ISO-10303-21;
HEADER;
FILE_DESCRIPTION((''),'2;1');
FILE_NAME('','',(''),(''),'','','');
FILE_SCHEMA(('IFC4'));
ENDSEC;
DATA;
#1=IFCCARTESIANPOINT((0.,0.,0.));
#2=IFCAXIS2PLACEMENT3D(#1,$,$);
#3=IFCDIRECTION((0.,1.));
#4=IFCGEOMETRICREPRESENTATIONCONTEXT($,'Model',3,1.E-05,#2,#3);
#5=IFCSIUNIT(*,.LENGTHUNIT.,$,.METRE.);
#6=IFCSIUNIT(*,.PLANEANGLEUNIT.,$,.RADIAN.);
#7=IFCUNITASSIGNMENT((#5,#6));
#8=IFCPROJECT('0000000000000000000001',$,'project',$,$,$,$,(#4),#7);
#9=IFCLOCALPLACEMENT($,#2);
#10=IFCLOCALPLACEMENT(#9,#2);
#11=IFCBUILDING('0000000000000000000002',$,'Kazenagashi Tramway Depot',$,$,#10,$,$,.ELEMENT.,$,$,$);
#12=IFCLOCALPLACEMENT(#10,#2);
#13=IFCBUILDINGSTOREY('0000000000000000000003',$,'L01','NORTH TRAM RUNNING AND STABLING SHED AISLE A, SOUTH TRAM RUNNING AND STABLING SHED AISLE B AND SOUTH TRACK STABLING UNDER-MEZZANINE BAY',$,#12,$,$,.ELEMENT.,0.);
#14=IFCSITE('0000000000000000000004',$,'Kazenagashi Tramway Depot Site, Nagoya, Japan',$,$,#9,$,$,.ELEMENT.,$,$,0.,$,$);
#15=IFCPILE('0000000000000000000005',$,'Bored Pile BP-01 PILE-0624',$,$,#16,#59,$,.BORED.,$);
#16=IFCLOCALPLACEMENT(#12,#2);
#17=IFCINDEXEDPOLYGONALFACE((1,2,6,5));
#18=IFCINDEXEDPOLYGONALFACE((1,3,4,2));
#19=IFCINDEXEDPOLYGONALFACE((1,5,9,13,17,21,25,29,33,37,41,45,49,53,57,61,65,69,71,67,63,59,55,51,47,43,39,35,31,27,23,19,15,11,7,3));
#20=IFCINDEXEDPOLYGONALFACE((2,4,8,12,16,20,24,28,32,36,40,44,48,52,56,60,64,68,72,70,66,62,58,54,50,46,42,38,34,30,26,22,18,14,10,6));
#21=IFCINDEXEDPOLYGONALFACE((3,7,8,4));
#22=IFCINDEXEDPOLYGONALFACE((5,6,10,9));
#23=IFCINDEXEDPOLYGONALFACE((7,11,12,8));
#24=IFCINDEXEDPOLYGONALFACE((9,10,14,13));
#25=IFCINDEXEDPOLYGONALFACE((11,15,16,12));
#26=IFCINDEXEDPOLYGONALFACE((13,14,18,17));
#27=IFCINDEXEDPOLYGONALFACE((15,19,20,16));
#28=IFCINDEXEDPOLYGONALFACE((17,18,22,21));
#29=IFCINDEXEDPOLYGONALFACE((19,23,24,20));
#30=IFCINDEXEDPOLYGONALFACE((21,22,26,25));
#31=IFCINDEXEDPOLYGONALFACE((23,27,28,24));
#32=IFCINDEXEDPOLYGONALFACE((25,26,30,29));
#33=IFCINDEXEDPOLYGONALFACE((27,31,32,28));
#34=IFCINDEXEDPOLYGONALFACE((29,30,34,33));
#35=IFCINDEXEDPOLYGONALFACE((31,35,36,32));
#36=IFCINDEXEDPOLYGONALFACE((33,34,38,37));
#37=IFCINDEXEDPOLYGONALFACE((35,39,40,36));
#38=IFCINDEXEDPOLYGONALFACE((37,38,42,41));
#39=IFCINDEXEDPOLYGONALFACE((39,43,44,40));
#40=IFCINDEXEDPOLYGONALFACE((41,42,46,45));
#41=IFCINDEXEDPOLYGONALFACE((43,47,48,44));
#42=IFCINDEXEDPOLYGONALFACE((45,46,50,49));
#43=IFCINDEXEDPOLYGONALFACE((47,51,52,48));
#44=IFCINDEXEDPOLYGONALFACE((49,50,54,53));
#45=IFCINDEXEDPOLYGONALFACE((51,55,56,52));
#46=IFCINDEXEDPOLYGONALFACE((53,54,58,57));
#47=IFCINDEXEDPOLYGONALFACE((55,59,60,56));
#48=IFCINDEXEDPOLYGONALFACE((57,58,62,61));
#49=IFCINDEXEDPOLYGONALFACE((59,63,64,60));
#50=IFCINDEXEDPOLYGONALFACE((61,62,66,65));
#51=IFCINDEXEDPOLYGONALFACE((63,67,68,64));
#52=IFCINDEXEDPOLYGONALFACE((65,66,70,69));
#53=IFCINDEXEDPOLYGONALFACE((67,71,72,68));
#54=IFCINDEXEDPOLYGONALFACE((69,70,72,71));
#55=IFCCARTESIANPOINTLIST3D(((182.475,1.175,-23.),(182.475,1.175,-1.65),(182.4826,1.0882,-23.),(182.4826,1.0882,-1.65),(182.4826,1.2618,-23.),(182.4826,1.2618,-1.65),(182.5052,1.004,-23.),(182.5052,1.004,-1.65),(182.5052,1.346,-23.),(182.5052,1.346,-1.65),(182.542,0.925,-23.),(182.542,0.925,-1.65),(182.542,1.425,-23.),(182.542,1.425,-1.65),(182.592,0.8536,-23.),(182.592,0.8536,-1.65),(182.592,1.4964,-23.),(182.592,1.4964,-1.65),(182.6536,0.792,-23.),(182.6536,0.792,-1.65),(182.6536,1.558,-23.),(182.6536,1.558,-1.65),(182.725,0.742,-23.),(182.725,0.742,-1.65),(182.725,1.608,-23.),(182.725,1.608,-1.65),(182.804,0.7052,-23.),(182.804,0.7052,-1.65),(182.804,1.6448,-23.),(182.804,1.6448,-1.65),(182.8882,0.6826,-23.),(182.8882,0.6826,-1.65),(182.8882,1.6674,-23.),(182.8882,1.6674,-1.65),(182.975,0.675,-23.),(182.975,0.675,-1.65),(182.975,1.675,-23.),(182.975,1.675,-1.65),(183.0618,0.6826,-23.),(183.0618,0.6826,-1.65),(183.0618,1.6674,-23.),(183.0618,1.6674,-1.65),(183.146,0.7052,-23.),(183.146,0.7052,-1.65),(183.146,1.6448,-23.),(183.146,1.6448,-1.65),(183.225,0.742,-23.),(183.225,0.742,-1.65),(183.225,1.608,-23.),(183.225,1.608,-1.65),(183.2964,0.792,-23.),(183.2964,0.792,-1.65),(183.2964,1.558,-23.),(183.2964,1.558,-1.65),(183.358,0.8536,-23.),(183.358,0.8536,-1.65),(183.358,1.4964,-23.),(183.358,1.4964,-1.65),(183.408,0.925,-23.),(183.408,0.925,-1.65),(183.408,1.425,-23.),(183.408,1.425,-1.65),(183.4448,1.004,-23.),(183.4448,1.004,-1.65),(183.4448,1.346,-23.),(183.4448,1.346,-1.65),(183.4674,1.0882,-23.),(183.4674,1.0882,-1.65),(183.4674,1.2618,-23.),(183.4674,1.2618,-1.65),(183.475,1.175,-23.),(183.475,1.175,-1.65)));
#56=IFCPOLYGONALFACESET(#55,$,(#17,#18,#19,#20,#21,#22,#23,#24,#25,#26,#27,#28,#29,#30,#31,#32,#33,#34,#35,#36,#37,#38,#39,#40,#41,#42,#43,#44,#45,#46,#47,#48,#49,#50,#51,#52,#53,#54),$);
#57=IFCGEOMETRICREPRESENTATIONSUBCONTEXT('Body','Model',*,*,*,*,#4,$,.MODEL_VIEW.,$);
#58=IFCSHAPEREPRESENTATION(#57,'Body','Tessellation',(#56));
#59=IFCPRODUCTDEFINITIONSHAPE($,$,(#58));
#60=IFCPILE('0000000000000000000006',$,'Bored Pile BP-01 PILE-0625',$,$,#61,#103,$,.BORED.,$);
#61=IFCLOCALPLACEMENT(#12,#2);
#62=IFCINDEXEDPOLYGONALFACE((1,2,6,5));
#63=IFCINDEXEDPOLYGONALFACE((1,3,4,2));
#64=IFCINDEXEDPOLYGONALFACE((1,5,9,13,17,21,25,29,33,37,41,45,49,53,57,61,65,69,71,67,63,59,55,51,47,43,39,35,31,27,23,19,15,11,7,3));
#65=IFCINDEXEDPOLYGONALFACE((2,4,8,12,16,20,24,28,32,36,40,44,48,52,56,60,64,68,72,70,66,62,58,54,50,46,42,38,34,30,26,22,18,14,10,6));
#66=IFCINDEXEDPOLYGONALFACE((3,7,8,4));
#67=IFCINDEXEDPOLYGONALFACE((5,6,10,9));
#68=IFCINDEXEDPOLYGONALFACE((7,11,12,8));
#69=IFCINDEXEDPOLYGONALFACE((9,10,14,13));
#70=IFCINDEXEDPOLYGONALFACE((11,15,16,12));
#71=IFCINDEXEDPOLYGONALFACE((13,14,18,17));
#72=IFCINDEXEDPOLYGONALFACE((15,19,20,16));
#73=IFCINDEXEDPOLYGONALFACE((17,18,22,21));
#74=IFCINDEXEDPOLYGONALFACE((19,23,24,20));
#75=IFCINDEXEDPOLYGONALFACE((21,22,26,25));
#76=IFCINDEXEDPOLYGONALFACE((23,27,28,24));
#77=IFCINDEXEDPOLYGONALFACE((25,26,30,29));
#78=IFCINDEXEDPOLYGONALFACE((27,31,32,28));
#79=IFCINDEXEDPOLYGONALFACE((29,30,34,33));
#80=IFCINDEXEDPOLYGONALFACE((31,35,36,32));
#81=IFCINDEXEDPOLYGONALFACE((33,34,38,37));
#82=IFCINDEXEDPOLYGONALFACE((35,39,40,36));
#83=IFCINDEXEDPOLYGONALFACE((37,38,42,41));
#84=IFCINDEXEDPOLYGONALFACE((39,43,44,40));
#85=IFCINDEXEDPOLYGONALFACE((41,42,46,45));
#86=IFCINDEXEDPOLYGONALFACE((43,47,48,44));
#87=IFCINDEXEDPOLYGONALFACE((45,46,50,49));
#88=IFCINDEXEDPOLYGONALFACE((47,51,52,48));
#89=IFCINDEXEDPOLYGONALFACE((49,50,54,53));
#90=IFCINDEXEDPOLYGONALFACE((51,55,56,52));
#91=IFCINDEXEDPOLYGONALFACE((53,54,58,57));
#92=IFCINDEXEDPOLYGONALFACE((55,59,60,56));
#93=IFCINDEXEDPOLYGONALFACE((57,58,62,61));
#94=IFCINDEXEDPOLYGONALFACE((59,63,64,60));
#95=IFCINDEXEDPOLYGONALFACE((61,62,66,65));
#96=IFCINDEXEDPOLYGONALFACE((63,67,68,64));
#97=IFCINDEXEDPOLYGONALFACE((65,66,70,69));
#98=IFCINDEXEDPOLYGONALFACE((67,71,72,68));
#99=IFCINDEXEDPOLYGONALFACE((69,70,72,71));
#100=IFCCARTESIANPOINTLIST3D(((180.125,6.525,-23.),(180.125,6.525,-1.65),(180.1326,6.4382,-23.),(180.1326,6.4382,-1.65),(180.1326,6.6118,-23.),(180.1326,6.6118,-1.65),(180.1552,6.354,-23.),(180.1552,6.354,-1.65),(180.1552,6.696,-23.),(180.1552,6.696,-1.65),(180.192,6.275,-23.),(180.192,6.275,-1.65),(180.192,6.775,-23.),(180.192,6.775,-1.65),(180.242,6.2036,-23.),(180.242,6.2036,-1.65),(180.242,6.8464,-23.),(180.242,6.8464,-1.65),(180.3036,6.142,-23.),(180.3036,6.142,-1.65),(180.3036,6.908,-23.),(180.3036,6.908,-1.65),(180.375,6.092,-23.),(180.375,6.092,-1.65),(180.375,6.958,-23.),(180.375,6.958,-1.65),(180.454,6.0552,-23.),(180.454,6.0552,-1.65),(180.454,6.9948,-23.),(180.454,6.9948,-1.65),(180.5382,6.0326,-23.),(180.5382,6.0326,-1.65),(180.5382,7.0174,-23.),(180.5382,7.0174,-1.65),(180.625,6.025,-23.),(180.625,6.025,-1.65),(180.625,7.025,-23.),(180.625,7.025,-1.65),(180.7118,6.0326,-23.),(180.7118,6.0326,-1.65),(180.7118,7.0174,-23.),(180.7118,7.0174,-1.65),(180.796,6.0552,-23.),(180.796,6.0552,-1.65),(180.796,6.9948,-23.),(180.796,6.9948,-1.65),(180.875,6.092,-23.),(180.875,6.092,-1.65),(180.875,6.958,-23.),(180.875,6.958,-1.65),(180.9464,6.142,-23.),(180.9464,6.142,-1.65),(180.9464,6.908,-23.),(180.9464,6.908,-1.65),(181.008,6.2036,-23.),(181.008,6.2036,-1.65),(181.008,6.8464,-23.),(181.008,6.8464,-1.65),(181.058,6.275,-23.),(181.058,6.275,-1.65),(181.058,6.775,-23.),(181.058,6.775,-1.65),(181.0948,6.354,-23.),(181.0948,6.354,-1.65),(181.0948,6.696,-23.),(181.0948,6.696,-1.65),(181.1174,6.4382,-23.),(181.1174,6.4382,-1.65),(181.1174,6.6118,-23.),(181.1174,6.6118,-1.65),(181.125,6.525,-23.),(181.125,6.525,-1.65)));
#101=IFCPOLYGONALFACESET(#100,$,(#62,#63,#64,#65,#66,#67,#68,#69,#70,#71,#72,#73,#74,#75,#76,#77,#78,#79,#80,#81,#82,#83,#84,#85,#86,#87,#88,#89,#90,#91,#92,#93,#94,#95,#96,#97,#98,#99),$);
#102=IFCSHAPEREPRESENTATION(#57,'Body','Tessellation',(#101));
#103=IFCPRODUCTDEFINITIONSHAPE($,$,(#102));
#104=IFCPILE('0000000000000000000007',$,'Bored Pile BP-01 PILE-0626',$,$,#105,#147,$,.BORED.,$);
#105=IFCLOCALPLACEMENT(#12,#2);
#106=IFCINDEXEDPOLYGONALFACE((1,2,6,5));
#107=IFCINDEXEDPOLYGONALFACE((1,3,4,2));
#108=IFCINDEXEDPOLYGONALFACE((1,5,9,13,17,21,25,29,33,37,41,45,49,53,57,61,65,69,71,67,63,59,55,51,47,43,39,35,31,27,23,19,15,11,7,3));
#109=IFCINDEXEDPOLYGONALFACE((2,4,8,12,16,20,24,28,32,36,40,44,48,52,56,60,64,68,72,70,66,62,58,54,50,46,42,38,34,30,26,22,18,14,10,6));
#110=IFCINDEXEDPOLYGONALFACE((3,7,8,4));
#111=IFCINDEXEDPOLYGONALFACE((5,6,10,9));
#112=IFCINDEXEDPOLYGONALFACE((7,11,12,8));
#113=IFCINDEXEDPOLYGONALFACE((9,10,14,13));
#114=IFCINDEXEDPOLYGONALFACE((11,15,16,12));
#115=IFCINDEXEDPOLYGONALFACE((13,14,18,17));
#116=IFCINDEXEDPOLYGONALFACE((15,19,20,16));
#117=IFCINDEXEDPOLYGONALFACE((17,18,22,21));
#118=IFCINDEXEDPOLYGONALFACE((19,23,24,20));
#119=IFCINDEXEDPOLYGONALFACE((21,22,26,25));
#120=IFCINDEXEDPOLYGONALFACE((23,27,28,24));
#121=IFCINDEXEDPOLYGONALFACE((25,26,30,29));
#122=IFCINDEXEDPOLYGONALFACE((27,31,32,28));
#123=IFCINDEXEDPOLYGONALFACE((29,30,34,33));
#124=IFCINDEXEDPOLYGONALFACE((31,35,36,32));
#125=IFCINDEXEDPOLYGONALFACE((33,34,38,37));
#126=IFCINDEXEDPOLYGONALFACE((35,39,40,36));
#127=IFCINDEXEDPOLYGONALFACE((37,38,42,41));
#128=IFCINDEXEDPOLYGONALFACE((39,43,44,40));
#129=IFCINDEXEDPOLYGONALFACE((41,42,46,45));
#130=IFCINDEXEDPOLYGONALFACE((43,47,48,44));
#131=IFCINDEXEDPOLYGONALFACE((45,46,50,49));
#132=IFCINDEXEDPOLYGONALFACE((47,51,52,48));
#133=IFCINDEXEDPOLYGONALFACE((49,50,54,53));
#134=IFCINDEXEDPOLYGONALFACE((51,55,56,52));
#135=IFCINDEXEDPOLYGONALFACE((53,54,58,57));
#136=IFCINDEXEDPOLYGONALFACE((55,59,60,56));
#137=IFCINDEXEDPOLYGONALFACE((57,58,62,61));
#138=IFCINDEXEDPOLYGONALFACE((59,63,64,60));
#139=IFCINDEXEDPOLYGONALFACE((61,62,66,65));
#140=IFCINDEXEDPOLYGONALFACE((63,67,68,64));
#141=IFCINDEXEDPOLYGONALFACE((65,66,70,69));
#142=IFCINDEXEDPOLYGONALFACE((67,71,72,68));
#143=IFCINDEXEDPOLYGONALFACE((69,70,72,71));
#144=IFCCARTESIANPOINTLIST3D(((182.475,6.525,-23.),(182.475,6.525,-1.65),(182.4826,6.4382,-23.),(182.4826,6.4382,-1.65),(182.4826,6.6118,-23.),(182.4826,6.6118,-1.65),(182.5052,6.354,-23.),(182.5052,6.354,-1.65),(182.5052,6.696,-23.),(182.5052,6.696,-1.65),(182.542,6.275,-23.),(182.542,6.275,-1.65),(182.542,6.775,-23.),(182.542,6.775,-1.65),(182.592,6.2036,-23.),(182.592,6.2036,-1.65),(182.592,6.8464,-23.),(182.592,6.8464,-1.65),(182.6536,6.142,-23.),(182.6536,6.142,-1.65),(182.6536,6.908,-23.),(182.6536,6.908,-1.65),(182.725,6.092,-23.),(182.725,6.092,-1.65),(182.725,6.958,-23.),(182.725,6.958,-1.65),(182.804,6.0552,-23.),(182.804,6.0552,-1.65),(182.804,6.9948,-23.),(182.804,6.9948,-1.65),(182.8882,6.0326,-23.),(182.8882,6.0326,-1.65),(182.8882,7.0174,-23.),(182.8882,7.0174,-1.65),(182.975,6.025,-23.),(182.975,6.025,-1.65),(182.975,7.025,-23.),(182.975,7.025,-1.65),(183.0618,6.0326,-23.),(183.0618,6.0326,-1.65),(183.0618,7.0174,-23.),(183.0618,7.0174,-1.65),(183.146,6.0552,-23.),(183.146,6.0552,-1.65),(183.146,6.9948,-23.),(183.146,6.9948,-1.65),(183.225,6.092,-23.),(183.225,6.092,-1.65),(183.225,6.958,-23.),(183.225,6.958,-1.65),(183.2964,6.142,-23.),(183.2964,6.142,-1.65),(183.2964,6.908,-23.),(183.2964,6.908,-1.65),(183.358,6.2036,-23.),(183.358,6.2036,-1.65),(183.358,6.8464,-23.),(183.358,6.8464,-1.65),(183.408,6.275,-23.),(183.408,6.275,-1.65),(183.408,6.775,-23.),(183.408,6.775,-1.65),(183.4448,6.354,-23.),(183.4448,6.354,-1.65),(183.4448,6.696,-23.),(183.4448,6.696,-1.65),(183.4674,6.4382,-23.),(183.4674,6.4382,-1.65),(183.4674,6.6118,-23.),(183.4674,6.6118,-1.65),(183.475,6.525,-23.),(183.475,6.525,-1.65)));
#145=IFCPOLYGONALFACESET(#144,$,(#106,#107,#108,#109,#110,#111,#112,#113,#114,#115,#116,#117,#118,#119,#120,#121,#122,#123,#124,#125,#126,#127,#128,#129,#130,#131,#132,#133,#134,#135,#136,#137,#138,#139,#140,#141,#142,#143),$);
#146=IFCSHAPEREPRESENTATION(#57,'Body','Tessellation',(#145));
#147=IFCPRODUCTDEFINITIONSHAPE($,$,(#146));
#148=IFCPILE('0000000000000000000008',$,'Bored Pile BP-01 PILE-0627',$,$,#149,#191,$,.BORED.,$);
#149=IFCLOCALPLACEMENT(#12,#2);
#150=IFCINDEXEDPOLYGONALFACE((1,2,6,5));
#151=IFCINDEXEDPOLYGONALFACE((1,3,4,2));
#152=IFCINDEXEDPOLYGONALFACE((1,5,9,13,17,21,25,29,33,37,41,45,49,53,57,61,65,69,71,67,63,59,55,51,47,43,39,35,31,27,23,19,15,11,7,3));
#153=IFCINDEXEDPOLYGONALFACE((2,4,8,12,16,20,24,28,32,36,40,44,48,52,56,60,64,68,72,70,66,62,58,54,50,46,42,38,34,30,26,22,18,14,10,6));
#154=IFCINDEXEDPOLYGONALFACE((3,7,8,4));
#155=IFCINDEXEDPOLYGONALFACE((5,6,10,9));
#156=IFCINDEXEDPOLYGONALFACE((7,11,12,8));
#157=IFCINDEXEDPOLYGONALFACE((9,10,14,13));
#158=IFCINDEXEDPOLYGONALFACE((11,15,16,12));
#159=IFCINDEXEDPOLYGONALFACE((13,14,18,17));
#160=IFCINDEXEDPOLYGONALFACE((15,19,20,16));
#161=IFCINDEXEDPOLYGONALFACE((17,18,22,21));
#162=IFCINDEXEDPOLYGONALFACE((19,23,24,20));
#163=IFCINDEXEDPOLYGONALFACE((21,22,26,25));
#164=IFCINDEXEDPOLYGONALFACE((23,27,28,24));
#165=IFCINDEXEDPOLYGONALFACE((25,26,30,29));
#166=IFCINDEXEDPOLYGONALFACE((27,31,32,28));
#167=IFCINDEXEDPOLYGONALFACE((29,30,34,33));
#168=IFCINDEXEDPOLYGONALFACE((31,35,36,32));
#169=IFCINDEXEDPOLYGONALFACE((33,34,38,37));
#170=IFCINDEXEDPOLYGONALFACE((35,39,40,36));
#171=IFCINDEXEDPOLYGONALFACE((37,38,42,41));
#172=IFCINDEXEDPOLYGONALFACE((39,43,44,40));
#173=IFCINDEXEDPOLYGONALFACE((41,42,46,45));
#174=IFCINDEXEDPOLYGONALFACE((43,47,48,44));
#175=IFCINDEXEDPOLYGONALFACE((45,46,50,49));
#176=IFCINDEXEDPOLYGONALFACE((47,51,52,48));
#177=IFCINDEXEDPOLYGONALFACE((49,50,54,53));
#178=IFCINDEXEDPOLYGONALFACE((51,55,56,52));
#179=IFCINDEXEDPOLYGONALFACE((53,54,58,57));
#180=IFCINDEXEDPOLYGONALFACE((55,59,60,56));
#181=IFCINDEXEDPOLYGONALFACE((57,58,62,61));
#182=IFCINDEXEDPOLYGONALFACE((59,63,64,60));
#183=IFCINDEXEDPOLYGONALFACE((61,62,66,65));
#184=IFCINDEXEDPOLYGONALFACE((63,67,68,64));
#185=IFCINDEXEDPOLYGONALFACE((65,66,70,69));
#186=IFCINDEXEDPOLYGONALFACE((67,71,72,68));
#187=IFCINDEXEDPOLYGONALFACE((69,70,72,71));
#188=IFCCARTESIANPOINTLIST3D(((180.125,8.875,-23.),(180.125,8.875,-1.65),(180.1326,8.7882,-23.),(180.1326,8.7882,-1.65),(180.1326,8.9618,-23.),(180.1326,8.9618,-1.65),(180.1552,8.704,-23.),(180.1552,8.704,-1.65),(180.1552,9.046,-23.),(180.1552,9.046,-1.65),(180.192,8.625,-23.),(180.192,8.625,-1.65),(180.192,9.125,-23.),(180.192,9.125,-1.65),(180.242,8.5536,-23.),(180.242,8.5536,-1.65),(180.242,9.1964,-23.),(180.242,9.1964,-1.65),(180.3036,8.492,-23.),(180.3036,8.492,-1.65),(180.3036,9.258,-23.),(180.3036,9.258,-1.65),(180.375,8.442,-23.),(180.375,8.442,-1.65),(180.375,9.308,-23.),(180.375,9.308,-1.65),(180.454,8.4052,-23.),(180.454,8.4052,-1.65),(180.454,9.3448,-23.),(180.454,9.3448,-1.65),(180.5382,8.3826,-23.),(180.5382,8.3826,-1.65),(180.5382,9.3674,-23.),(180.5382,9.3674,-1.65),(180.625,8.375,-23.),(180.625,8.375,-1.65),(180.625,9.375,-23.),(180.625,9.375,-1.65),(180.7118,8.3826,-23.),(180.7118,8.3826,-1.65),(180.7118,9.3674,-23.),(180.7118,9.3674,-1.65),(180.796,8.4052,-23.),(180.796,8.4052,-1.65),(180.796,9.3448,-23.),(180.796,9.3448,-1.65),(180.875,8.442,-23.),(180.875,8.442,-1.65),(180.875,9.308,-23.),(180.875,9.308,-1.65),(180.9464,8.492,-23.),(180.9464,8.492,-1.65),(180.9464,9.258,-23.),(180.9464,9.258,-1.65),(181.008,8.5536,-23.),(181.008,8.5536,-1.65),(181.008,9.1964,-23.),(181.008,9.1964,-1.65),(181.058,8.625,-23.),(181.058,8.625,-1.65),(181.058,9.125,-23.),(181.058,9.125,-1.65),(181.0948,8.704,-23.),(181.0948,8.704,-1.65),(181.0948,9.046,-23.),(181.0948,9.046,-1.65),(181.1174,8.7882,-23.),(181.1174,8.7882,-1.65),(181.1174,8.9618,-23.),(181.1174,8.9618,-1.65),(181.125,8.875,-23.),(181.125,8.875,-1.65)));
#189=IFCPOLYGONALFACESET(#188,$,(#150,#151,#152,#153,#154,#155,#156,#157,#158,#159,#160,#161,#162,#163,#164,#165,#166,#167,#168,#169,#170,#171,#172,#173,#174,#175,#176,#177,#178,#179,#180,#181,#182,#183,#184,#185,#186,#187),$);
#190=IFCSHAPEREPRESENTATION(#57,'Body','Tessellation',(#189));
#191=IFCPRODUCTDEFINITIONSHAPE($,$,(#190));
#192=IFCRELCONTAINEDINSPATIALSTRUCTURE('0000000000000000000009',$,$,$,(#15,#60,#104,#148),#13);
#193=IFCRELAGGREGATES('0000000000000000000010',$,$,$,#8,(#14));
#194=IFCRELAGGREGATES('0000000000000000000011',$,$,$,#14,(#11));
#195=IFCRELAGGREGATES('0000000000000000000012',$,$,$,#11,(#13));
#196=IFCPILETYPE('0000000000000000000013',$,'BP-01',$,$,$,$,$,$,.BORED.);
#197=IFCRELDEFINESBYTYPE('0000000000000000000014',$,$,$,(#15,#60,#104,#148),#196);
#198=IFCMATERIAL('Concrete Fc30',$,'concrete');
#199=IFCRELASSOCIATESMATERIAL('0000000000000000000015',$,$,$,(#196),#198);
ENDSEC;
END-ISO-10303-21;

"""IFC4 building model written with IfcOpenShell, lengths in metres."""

from ifc_helpers import new_model, si_unit, direction, frame, origin, origin_2d, place, context, subcontext, project, spatial, circle, extrude, material, material_profile, profile_set, type_object, element, save


model = new_model("IFC4")

# Units and contexts
model_context = context("Model", 3, precision=1e-05, world=origin(), true_north=direction((0.0, 1.0)))
body_context = subcontext(model_context, "Body", "Model", "MODEL_VIEW")
ifc_project = project(units=[si_unit("LENGTHUNIT", "METRE"), si_unit("PLANEANGLEUNIT", "RADIAN")], contexts=[model_context])

# Site, building, storey
site_placement = place(None, origin())
site = spatial("IfcSite", under=ifc_project, at=site_placement, Name="Kazenagashi Tramway Depot Site, Nagoya, Japan", CompositionType="ELEMENT", RefElevation=0.0)
building_placement = place(site_placement, origin())
building = spatial("IfcBuilding", under=site, at=building_placement, Name="Kazenagashi Tramway Depot", CompositionType="ELEMENT")
storey_placement = place(building_placement, origin())
storey = spatial("IfcBuildingStorey", under=building, at=storey_placement, Name="L01", Description="NORTH TRAM RUNNING AND STABLING SHED AISLE A, SOUTH TRAM RUNNING AND STABLING SHED AISLE B AND SOUTH TRACK STABLING UNDER-MEZZANINE BAY", CompositionType="ELEMENT", Elevation=0.0)

# Piles
ifc_material_1 = material(Name="Concrete Fc30", Category="concrete")
ifc_material_profile_1 = material_profile(ifc_material_1, circle(Radius=0.5, at=origin_2d()), Name="PILE-1000")
ifc_profile_set_1 = profile_set([ifc_material_profile_1], Name="Concrete Fc30")
pile_type = type_object("IfcPileType", Name="BP-01", PredefinedType="BORED", material=ifc_profile_set_1)
for number, where, z_axis, x_axis, name in (
    (1, (182.975, 1.175, -1.65), (0.0, 0.0, -1.0), (1.0, 0.0, 0.0), "Bored Pile BP-01 PILE-0624"),
    (2, (180.625, 6.525, -1.65), (0.0, 0.0, -1.0), (1.0, 0.0, 0.0), "Bored Pile BP-01 PILE-0625"),
    (3, (182.975, 6.525, -1.65), (0.0, 0.0, -1.0), (1.0, 0.0, 0.0), "Bored Pile BP-01 PILE-0626"),
    (4, (180.625, 8.875, -1.65), (0.0, 0.0, -1.0), (1.0, 0.0, 0.0), "Bored Pile BP-01 PILE-0627"),
):
    element("IfcPile", number, at=place(storey_placement, frame(where, z_axis=z_axis, x_axis=x_axis)), inside=storey, type_object=pile_type, Name=name, PredefinedType="BORED", context=body_context, shape_type="SweptSolid", body=[
        extrude(circle(Radius=0.5, at=origin_2d()), origin(), (0.0, 0.0, 1.0), 21.35),
    ])

save(model, "model.ifc")
